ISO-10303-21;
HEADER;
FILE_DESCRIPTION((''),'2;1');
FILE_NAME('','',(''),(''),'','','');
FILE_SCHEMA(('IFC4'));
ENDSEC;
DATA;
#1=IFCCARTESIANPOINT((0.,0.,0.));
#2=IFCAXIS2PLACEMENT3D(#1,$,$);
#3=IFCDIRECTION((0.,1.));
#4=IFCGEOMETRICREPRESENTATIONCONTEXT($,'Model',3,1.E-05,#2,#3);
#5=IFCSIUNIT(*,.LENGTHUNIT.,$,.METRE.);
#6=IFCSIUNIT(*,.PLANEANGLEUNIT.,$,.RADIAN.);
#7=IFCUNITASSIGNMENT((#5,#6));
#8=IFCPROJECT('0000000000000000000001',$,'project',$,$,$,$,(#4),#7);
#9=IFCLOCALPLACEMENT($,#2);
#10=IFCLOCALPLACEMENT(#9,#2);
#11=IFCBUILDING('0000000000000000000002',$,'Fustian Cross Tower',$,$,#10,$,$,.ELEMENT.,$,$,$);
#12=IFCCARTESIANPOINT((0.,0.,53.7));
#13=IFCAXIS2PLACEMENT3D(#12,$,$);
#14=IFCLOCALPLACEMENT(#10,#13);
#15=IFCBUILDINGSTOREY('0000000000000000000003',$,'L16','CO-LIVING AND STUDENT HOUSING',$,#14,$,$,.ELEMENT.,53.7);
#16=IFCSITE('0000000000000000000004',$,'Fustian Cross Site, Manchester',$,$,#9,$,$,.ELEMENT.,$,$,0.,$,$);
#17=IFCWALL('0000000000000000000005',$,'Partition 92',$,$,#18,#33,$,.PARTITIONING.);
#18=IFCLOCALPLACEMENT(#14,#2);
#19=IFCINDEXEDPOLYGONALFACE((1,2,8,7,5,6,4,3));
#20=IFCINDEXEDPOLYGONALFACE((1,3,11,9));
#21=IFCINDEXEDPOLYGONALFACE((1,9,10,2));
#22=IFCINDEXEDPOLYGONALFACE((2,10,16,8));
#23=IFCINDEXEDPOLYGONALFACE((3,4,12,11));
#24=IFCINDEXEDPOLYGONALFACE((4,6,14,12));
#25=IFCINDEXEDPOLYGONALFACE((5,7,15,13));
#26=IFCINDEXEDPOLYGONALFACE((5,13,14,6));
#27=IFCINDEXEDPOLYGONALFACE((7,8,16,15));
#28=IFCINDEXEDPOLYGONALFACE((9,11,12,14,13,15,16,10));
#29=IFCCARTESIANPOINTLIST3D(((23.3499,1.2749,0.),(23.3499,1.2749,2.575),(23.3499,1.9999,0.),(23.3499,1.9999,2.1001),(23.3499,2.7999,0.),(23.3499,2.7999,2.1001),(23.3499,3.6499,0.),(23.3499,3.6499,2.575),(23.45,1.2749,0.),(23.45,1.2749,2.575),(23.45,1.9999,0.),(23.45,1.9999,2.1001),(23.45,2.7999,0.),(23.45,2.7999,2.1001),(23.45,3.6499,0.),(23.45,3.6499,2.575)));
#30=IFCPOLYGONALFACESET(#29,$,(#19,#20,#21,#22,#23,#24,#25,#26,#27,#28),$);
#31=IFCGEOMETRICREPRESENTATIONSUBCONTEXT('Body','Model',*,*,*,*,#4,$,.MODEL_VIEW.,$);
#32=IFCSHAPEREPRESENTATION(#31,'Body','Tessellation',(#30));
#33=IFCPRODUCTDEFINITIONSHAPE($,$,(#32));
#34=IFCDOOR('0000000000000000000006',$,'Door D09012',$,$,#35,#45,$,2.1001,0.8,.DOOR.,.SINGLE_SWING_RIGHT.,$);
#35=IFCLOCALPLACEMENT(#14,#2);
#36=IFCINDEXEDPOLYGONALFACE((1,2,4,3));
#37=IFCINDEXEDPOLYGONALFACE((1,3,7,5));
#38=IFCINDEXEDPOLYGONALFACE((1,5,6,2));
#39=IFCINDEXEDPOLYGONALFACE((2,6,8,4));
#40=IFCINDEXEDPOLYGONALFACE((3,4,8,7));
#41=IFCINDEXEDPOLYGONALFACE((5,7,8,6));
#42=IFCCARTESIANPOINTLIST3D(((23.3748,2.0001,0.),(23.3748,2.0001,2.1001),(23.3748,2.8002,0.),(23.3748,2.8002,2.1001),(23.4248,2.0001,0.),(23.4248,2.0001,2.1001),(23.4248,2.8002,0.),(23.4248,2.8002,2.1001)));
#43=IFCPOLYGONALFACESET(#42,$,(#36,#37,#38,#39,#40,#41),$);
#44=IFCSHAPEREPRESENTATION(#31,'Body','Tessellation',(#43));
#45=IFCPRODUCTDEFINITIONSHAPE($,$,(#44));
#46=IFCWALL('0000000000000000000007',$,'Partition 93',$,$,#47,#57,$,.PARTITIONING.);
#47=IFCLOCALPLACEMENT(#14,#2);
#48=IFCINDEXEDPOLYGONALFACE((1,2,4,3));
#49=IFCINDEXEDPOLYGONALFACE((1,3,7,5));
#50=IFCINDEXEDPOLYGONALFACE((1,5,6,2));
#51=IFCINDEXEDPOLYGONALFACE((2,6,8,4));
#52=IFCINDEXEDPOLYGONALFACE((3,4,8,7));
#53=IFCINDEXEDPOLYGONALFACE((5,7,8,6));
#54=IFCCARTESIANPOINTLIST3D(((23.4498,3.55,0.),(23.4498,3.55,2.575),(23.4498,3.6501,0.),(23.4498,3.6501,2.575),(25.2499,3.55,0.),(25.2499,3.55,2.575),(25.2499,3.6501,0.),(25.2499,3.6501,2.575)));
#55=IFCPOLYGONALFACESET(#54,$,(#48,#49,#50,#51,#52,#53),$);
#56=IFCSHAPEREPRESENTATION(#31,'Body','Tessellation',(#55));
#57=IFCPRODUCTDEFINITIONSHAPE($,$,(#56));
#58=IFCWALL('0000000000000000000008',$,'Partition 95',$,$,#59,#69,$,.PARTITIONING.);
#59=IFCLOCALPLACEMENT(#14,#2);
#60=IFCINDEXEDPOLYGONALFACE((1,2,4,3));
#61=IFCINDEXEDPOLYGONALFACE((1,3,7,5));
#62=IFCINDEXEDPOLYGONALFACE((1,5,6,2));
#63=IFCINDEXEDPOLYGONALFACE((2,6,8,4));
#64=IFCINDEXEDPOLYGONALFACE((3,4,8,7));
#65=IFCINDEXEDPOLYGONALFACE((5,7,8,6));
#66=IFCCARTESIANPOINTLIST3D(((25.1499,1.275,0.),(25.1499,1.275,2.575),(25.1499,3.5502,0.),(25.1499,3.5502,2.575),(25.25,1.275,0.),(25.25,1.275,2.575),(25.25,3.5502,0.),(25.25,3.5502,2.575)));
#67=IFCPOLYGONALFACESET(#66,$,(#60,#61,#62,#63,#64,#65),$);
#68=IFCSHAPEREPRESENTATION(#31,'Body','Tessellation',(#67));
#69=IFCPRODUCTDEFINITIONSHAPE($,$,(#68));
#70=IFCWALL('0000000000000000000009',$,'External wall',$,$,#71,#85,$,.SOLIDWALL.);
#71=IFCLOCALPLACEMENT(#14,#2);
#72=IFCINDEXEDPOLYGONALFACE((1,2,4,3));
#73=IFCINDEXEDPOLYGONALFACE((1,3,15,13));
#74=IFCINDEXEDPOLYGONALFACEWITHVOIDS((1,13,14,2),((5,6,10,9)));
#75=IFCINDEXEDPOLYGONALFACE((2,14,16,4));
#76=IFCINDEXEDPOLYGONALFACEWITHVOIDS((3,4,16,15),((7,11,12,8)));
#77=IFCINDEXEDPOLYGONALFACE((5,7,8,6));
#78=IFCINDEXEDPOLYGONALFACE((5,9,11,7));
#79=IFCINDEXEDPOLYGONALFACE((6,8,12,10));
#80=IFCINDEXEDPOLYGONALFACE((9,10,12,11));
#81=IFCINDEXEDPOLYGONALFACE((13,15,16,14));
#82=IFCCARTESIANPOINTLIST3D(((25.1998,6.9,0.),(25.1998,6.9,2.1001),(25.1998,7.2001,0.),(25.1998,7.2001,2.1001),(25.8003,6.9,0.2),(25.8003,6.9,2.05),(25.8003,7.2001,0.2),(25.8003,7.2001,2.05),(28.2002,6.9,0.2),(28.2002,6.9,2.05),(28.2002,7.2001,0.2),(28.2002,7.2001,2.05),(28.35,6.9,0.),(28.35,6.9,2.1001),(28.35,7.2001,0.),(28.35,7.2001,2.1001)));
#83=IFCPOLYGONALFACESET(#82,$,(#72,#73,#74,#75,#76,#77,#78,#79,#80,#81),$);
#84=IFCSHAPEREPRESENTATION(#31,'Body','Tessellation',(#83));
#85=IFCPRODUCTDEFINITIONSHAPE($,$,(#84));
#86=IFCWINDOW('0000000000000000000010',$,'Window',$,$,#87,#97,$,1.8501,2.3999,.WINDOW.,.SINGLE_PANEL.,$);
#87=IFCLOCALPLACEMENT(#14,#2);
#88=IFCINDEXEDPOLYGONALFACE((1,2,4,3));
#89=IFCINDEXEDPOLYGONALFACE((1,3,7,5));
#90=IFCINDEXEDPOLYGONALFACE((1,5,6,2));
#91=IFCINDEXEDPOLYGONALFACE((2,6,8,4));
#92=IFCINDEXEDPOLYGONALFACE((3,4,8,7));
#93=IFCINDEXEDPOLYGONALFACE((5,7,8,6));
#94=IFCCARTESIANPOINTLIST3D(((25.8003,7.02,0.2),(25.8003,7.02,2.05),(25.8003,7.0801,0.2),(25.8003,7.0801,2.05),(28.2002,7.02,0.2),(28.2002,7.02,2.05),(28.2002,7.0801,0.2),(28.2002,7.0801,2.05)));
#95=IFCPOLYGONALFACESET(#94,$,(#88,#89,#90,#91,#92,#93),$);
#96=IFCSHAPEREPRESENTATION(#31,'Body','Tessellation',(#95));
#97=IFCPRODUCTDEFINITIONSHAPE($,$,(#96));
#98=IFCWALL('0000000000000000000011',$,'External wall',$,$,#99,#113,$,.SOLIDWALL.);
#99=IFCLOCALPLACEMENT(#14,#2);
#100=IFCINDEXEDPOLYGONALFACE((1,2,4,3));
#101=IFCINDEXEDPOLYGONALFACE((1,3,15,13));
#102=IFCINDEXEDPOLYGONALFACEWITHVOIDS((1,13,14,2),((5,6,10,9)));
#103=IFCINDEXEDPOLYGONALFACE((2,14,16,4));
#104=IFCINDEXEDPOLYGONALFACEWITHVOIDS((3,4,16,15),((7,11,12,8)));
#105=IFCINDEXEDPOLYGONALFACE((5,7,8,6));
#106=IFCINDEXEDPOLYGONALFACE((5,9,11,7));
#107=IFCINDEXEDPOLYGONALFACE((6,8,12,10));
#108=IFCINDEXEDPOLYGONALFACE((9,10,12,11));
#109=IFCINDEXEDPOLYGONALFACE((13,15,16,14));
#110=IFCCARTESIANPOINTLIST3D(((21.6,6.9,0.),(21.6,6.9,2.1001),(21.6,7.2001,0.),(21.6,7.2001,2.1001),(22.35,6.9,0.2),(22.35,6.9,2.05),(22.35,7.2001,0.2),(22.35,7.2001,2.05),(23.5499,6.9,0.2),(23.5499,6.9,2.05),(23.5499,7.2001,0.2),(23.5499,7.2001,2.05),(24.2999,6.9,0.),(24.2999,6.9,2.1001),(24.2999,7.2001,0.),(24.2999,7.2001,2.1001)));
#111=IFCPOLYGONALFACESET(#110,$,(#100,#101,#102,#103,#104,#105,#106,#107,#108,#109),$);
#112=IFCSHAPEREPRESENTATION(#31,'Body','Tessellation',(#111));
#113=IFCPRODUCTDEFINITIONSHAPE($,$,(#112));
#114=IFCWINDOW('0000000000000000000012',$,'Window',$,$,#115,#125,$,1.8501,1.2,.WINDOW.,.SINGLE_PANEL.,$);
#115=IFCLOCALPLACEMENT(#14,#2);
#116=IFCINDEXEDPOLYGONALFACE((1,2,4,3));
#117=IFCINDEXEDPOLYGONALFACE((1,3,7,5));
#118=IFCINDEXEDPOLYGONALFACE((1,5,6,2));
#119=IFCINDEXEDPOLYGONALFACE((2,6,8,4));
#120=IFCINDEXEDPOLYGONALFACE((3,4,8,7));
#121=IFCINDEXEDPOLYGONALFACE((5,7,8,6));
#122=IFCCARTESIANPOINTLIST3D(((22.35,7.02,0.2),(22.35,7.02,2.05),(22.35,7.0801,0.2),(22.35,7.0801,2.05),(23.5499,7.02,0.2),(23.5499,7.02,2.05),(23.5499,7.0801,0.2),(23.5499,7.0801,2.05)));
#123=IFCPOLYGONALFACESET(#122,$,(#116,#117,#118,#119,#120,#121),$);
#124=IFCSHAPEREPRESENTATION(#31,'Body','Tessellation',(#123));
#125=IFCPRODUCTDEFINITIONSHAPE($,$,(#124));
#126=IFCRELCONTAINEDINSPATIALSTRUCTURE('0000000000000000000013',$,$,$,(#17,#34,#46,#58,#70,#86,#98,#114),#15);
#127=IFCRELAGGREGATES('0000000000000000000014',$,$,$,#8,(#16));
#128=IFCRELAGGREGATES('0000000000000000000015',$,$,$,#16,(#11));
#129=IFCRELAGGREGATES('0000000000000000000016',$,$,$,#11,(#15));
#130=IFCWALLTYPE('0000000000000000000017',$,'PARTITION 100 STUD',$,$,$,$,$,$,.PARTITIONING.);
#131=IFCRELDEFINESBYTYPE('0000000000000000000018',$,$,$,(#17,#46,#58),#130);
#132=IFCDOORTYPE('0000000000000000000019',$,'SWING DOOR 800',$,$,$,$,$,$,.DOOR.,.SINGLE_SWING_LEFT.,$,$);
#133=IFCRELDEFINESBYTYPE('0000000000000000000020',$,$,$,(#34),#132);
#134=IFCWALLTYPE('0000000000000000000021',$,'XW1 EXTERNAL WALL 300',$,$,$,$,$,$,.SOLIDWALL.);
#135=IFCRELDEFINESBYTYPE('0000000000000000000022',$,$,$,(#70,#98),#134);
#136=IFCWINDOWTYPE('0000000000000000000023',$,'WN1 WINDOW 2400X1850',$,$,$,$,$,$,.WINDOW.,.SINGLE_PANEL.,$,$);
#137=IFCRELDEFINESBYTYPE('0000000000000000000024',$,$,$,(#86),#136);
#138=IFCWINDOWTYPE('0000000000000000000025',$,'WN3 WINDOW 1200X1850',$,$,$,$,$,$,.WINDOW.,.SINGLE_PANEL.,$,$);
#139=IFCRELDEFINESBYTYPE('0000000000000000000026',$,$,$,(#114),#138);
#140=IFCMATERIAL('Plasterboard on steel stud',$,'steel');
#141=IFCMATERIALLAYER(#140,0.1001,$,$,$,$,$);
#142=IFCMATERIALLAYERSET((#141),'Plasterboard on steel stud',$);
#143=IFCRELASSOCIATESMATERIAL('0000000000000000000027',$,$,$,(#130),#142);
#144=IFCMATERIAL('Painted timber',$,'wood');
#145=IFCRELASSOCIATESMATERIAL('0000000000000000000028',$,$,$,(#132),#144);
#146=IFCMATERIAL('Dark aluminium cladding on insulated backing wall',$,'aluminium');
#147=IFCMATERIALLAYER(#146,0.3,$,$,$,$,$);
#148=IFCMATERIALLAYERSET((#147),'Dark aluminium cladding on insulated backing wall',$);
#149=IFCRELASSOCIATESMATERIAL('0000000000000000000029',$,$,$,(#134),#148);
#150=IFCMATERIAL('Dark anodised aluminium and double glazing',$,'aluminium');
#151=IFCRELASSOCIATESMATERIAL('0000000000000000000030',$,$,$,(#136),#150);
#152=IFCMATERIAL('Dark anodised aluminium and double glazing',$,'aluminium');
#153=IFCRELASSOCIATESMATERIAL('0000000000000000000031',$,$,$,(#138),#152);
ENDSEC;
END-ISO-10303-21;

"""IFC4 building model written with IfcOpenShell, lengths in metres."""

from ifc_helpers import new_model, si_unit, direction, frame, frame_2d, origin, place, context, subcontext, project, spatial, rectangle, extrude, material, layer, layer_set, type_object, element, fill, save


model = new_model("IFC4")

# Units and contexts
model_context = context("Model", 3, precision=1e-05, world=origin(), true_north=direction((0.0, 1.0)))
body_context = subcontext(model_context, "Body", "Model", "MODEL_VIEW")
ifc_project = project(units=[si_unit("LENGTHUNIT", "METRE"), si_unit("PLANEANGLEUNIT", "RADIAN")], contexts=[model_context])

# Site, building, storey
site_placement = place(None, origin())
site = spatial("IfcSite", under=ifc_project, at=site_placement, Name="Fustian Cross Site, Manchester", CompositionType="ELEMENT", RefElevation=0.0)
building_placement = place(site_placement, origin())
building = spatial("IfcBuilding", under=site, at=building_placement, Name="Fustian Cross Tower", CompositionType="ELEMENT")
storey_placement = place(building_placement, frame((0.0, 0.0, 53.7)))
storey = spatial("IfcBuildingStorey", under=building, at=storey_placement, Name="L16", Description="CO-LIVING AND STUDENT HOUSING", CompositionType="ELEMENT", Elevation=53.7)

# Wall, opening, door
ifc_material_1 = material(Name="Plasterboard on steel stud", Category="steel")
ifc_layer_1 = layer(ifc_material_1, 0.1001)
ifc_layer_set_1 = layer_set([ifc_layer_1], Name="Plasterboard on steel stud")
wall_type_1 = type_object("IfcWallType", Name="PARTITION 100 STUD", PredefinedType="PARTITIONING", material=ifc_layer_set_1)
wall_1_placement = place(storey_placement, frame((23.3999, 1.2749, 0.0), z_axis=(0.0, 0.0, 1.0), x_axis=(0.0, 1.0, 0.0)))
wall_1 = element("IfcWall", 1, at=wall_1_placement, inside=storey, type_object=wall_type_1, Name="Partition 92", PredefinedType="PARTITIONING", context=body_context, shape_type="SweptSolid", body=[
    extrude(rectangle(XDim=2.375, YDim=0.1001, at=frame_2d((1.1875, 0.0))), origin(), (0.0, 0.0, 1.0), 2.575),
])
opening_1_placement = place(wall_1_placement, frame((0.7251, 0.0, 0.0)))
opening_1 = element("IfcOpeningElement", 2, at=opening_1_placement, cuts=wall_1, PredefinedType="OPENING", context=body_context, shape_type="SweptSolid", body=[
    extrude(rectangle(XDim=0.8, YDim=2.1001, at=frame_2d((0.3999, 1.05))), frame((0.0, 0.0601, 0.0), z_axis=(0.0, -1.0, 0.0), x_axis=(1.0, 0.0, 0.0)), (0.0, 0.0, 1.0), 0.1201),
])
ifc_material_2 = material(Name="Painted timber", Category="wood")
door_type_1 = type_object("IfcDoorType", Name="SWING DOOR 800", OperationType="SINGLE_SWING_LEFT", PredefinedType="DOOR", material=ifc_material_2)
door_1_placement = place(opening_1_placement, frame((0.8, 0.0, 0.0), z_axis=(0.0, 0.0, 1.0), x_axis=(-1.0, 0.0, 0.0)))
door_1 = element("IfcDoor", 3, at=door_1_placement, inside=storey, type_object=door_type_1, Name="Door D09012", OperationType="SINGLE_SWING_RIGHT", OverallHeight=2.1001, OverallWidth=0.8, PredefinedType="DOOR", context=body_context, shape_type="SweptSolid", body=[
    extrude(rectangle(XDim=0.8, YDim=2.1001, at=frame_2d((0.3999, 1.05))), frame((0.0, 0.0249, 0.0), z_axis=(0.0, -1.0, 0.0), x_axis=(1.0, 0.0, 0.0)), (0.0, 0.0, 1.0), 0.05),
])
fill(opening_1, door_1)

# Walls
wall_2_placement = place(storey_placement, frame((23.45, 3.6001, 0.0), z_axis=(0.0, 0.0, 1.0), x_axis=(1.0, 0.0, 0.0)))
element("IfcWall", 4, at=wall_2_placement, inside=storey, type_object=wall_type_1, Name="Partition 93", PredefinedType="PARTITIONING", context=body_context, shape_type="SweptSolid", body=[
    extrude(rectangle(XDim=1.8, YDim=0.1001, at=frame_2d((0.8999, 0.0))), origin(), (0.0, 0.0, 1.0), 2.575),
])
wall_3_placement = place(storey_placement, frame((25.2, 1.2749, 0.0), z_axis=(0.0, 0.0, 1.0), x_axis=(0.0, 1.0, 0.0)))
element("IfcWall", 5, at=wall_3_placement, inside=storey, type_object=wall_type_1, Name="Partition 95", PredefinedType="PARTITIONING", context=body_context, shape_type="SweptSolid", body=[
    extrude(rectangle(XDim=2.2751, YDim=0.1001, at=frame_2d((1.1377, 0.0))), origin(), (0.0, 0.0, 1.0), 2.575),
])

# Walls, openings, windows
ifc_material_3 = material(Name="Dark aluminium cladding on insulated backing wall", Category="aluminium")
ifc_layer_2 = layer(ifc_material_3, 0.3)
ifc_layer_set_2 = layer_set([ifc_layer_2], Name="Dark aluminium cladding on insulated backing wall")
wall_type_2 = type_object("IfcWallType", Name="XW1 EXTERNAL WALL 300", PredefinedType="SOLIDWALL", material=ifc_layer_set_2)
wall_4_placement = place(storey_placement, frame((28.3501, 7.05, 0.0), z_axis=(0.0, 0.0, 1.0), x_axis=(-1.0, 0.0, 0.0)))
wall_4 = element("IfcWall", 6, at=wall_4_placement, inside=storey, type_object=wall_type_2, Name="External wall", PredefinedType="SOLIDWALL", context=body_context, shape_type="SweptSolid", body=[
    extrude(rectangle(XDim=3.1501, YDim=0.3, at=frame_2d((1.5752, 0.0))), origin(), (0.0, 0.0, 1.0), 2.1001),
])
opening_2_placement = place(wall_4_placement, frame((0.1499, 0.0, 0.2)))
opening_2 = element("IfcOpeningElement", 7, at=opening_2_placement, cuts=wall_4, PredefinedType="OPENING", context=body_context, shape_type="SweptSolid", body=[
    extrude(rectangle(XDim=2.3999, YDim=1.8501, at=frame_2d((1.2, 0.925))), frame((0.0, 0.1599, 0.0), z_axis=(0.0, -1.0, 0.0), x_axis=(1.0, 0.0, 0.0)), (0.0, 0.0, 1.0), 0.3201),
])
ifc_material_4 = material(Name="Dark anodised aluminium and double glazing", Category="aluminium")
window_type_1 = type_object("IfcWindowType", Name="WN1 WINDOW 2400X1850", PartitioningType="SINGLE_PANEL", PredefinedType="WINDOW", material=ifc_material_4)
window_1_placement = place(opening_2_placement, origin())
window_1 = element("IfcWindow", 8, at=window_1_placement, inside=storey, type_object=window_type_1, Name="Window", OverallHeight=1.8501, OverallWidth=2.3999, PartitioningType="SINGLE_PANEL", PredefinedType="WINDOW", context=body_context, shape_type="SweptSolid", body=[
    extrude(rectangle(XDim=2.3999, YDim=1.8501, at=frame_2d((1.2, 0.925))), frame((0.0, 0.03, 0.0), z_axis=(0.0, -1.0, 0.0), x_axis=(1.0, 0.0, 0.0)), (0.0, 0.0, 1.0), 0.0601),
])
fill(opening_2, window_1)
wall_5_placement = place(storey_placement, frame((24.3, 7.05, 0.0), z_axis=(0.0, 0.0, 1.0), x_axis=(-1.0, 0.0, 0.0)))
wall_5 = element("IfcWall", 9, at=wall_5_placement, inside=storey, type_object=wall_type_2, Name="External wall", PredefinedType="SOLIDWALL", context=body_context, shape_type="SweptSolid", body=[
    extrude(rectangle(XDim=2.7, YDim=0.3, at=frame_2d((1.3501, 0.0))), origin(), (0.0, 0.0, 1.0), 2.1001),
])
opening_3_placement = place(wall_5_placement, frame((0.75, 0.0, 0.2)))
opening_3 = element("IfcOpeningElement", 10, at=opening_3_placement, cuts=wall_5, PredefinedType="OPENING", context=body_context, shape_type="SweptSolid", body=[
    extrude(rectangle(XDim=1.2, YDim=1.8501, at=frame_2d((0.6001, 0.925))), frame((0.0, 0.1599, 0.0), z_axis=(0.0, -1.0, 0.0), x_axis=(1.0, 0.0, 0.0)), (0.0, 0.0, 1.0), 0.3201),
])
ifc_material_5 = material(Name="Dark anodised aluminium and double glazing", Category="aluminium")
window_type_2 = type_object("IfcWindowType", Name="WN3 WINDOW 1200X1850", PartitioningType="SINGLE_PANEL", PredefinedType="WINDOW", material=ifc_material_5)
window_2_placement = place(opening_3_placement, origin())
window_2 = element("IfcWindow", 11, at=window_2_placement, inside=storey, type_object=window_type_2, Name="Window", OverallHeight=1.8501, OverallWidth=1.2, PartitioningType="SINGLE_PANEL", PredefinedType="WINDOW", context=body_context, shape_type="SweptSolid", body=[
    extrude(rectangle(XDim=1.2, YDim=1.8501, at=frame_2d((0.6001, 0.925))), frame((0.0, 0.03, 0.0), z_axis=(0.0, -1.0, 0.0), x_axis=(1.0, 0.0, 0.0)), (0.0, 0.0, 1.0), 0.0601),
])
fill(opening_3, window_2)

save(model, "model.ifc")
